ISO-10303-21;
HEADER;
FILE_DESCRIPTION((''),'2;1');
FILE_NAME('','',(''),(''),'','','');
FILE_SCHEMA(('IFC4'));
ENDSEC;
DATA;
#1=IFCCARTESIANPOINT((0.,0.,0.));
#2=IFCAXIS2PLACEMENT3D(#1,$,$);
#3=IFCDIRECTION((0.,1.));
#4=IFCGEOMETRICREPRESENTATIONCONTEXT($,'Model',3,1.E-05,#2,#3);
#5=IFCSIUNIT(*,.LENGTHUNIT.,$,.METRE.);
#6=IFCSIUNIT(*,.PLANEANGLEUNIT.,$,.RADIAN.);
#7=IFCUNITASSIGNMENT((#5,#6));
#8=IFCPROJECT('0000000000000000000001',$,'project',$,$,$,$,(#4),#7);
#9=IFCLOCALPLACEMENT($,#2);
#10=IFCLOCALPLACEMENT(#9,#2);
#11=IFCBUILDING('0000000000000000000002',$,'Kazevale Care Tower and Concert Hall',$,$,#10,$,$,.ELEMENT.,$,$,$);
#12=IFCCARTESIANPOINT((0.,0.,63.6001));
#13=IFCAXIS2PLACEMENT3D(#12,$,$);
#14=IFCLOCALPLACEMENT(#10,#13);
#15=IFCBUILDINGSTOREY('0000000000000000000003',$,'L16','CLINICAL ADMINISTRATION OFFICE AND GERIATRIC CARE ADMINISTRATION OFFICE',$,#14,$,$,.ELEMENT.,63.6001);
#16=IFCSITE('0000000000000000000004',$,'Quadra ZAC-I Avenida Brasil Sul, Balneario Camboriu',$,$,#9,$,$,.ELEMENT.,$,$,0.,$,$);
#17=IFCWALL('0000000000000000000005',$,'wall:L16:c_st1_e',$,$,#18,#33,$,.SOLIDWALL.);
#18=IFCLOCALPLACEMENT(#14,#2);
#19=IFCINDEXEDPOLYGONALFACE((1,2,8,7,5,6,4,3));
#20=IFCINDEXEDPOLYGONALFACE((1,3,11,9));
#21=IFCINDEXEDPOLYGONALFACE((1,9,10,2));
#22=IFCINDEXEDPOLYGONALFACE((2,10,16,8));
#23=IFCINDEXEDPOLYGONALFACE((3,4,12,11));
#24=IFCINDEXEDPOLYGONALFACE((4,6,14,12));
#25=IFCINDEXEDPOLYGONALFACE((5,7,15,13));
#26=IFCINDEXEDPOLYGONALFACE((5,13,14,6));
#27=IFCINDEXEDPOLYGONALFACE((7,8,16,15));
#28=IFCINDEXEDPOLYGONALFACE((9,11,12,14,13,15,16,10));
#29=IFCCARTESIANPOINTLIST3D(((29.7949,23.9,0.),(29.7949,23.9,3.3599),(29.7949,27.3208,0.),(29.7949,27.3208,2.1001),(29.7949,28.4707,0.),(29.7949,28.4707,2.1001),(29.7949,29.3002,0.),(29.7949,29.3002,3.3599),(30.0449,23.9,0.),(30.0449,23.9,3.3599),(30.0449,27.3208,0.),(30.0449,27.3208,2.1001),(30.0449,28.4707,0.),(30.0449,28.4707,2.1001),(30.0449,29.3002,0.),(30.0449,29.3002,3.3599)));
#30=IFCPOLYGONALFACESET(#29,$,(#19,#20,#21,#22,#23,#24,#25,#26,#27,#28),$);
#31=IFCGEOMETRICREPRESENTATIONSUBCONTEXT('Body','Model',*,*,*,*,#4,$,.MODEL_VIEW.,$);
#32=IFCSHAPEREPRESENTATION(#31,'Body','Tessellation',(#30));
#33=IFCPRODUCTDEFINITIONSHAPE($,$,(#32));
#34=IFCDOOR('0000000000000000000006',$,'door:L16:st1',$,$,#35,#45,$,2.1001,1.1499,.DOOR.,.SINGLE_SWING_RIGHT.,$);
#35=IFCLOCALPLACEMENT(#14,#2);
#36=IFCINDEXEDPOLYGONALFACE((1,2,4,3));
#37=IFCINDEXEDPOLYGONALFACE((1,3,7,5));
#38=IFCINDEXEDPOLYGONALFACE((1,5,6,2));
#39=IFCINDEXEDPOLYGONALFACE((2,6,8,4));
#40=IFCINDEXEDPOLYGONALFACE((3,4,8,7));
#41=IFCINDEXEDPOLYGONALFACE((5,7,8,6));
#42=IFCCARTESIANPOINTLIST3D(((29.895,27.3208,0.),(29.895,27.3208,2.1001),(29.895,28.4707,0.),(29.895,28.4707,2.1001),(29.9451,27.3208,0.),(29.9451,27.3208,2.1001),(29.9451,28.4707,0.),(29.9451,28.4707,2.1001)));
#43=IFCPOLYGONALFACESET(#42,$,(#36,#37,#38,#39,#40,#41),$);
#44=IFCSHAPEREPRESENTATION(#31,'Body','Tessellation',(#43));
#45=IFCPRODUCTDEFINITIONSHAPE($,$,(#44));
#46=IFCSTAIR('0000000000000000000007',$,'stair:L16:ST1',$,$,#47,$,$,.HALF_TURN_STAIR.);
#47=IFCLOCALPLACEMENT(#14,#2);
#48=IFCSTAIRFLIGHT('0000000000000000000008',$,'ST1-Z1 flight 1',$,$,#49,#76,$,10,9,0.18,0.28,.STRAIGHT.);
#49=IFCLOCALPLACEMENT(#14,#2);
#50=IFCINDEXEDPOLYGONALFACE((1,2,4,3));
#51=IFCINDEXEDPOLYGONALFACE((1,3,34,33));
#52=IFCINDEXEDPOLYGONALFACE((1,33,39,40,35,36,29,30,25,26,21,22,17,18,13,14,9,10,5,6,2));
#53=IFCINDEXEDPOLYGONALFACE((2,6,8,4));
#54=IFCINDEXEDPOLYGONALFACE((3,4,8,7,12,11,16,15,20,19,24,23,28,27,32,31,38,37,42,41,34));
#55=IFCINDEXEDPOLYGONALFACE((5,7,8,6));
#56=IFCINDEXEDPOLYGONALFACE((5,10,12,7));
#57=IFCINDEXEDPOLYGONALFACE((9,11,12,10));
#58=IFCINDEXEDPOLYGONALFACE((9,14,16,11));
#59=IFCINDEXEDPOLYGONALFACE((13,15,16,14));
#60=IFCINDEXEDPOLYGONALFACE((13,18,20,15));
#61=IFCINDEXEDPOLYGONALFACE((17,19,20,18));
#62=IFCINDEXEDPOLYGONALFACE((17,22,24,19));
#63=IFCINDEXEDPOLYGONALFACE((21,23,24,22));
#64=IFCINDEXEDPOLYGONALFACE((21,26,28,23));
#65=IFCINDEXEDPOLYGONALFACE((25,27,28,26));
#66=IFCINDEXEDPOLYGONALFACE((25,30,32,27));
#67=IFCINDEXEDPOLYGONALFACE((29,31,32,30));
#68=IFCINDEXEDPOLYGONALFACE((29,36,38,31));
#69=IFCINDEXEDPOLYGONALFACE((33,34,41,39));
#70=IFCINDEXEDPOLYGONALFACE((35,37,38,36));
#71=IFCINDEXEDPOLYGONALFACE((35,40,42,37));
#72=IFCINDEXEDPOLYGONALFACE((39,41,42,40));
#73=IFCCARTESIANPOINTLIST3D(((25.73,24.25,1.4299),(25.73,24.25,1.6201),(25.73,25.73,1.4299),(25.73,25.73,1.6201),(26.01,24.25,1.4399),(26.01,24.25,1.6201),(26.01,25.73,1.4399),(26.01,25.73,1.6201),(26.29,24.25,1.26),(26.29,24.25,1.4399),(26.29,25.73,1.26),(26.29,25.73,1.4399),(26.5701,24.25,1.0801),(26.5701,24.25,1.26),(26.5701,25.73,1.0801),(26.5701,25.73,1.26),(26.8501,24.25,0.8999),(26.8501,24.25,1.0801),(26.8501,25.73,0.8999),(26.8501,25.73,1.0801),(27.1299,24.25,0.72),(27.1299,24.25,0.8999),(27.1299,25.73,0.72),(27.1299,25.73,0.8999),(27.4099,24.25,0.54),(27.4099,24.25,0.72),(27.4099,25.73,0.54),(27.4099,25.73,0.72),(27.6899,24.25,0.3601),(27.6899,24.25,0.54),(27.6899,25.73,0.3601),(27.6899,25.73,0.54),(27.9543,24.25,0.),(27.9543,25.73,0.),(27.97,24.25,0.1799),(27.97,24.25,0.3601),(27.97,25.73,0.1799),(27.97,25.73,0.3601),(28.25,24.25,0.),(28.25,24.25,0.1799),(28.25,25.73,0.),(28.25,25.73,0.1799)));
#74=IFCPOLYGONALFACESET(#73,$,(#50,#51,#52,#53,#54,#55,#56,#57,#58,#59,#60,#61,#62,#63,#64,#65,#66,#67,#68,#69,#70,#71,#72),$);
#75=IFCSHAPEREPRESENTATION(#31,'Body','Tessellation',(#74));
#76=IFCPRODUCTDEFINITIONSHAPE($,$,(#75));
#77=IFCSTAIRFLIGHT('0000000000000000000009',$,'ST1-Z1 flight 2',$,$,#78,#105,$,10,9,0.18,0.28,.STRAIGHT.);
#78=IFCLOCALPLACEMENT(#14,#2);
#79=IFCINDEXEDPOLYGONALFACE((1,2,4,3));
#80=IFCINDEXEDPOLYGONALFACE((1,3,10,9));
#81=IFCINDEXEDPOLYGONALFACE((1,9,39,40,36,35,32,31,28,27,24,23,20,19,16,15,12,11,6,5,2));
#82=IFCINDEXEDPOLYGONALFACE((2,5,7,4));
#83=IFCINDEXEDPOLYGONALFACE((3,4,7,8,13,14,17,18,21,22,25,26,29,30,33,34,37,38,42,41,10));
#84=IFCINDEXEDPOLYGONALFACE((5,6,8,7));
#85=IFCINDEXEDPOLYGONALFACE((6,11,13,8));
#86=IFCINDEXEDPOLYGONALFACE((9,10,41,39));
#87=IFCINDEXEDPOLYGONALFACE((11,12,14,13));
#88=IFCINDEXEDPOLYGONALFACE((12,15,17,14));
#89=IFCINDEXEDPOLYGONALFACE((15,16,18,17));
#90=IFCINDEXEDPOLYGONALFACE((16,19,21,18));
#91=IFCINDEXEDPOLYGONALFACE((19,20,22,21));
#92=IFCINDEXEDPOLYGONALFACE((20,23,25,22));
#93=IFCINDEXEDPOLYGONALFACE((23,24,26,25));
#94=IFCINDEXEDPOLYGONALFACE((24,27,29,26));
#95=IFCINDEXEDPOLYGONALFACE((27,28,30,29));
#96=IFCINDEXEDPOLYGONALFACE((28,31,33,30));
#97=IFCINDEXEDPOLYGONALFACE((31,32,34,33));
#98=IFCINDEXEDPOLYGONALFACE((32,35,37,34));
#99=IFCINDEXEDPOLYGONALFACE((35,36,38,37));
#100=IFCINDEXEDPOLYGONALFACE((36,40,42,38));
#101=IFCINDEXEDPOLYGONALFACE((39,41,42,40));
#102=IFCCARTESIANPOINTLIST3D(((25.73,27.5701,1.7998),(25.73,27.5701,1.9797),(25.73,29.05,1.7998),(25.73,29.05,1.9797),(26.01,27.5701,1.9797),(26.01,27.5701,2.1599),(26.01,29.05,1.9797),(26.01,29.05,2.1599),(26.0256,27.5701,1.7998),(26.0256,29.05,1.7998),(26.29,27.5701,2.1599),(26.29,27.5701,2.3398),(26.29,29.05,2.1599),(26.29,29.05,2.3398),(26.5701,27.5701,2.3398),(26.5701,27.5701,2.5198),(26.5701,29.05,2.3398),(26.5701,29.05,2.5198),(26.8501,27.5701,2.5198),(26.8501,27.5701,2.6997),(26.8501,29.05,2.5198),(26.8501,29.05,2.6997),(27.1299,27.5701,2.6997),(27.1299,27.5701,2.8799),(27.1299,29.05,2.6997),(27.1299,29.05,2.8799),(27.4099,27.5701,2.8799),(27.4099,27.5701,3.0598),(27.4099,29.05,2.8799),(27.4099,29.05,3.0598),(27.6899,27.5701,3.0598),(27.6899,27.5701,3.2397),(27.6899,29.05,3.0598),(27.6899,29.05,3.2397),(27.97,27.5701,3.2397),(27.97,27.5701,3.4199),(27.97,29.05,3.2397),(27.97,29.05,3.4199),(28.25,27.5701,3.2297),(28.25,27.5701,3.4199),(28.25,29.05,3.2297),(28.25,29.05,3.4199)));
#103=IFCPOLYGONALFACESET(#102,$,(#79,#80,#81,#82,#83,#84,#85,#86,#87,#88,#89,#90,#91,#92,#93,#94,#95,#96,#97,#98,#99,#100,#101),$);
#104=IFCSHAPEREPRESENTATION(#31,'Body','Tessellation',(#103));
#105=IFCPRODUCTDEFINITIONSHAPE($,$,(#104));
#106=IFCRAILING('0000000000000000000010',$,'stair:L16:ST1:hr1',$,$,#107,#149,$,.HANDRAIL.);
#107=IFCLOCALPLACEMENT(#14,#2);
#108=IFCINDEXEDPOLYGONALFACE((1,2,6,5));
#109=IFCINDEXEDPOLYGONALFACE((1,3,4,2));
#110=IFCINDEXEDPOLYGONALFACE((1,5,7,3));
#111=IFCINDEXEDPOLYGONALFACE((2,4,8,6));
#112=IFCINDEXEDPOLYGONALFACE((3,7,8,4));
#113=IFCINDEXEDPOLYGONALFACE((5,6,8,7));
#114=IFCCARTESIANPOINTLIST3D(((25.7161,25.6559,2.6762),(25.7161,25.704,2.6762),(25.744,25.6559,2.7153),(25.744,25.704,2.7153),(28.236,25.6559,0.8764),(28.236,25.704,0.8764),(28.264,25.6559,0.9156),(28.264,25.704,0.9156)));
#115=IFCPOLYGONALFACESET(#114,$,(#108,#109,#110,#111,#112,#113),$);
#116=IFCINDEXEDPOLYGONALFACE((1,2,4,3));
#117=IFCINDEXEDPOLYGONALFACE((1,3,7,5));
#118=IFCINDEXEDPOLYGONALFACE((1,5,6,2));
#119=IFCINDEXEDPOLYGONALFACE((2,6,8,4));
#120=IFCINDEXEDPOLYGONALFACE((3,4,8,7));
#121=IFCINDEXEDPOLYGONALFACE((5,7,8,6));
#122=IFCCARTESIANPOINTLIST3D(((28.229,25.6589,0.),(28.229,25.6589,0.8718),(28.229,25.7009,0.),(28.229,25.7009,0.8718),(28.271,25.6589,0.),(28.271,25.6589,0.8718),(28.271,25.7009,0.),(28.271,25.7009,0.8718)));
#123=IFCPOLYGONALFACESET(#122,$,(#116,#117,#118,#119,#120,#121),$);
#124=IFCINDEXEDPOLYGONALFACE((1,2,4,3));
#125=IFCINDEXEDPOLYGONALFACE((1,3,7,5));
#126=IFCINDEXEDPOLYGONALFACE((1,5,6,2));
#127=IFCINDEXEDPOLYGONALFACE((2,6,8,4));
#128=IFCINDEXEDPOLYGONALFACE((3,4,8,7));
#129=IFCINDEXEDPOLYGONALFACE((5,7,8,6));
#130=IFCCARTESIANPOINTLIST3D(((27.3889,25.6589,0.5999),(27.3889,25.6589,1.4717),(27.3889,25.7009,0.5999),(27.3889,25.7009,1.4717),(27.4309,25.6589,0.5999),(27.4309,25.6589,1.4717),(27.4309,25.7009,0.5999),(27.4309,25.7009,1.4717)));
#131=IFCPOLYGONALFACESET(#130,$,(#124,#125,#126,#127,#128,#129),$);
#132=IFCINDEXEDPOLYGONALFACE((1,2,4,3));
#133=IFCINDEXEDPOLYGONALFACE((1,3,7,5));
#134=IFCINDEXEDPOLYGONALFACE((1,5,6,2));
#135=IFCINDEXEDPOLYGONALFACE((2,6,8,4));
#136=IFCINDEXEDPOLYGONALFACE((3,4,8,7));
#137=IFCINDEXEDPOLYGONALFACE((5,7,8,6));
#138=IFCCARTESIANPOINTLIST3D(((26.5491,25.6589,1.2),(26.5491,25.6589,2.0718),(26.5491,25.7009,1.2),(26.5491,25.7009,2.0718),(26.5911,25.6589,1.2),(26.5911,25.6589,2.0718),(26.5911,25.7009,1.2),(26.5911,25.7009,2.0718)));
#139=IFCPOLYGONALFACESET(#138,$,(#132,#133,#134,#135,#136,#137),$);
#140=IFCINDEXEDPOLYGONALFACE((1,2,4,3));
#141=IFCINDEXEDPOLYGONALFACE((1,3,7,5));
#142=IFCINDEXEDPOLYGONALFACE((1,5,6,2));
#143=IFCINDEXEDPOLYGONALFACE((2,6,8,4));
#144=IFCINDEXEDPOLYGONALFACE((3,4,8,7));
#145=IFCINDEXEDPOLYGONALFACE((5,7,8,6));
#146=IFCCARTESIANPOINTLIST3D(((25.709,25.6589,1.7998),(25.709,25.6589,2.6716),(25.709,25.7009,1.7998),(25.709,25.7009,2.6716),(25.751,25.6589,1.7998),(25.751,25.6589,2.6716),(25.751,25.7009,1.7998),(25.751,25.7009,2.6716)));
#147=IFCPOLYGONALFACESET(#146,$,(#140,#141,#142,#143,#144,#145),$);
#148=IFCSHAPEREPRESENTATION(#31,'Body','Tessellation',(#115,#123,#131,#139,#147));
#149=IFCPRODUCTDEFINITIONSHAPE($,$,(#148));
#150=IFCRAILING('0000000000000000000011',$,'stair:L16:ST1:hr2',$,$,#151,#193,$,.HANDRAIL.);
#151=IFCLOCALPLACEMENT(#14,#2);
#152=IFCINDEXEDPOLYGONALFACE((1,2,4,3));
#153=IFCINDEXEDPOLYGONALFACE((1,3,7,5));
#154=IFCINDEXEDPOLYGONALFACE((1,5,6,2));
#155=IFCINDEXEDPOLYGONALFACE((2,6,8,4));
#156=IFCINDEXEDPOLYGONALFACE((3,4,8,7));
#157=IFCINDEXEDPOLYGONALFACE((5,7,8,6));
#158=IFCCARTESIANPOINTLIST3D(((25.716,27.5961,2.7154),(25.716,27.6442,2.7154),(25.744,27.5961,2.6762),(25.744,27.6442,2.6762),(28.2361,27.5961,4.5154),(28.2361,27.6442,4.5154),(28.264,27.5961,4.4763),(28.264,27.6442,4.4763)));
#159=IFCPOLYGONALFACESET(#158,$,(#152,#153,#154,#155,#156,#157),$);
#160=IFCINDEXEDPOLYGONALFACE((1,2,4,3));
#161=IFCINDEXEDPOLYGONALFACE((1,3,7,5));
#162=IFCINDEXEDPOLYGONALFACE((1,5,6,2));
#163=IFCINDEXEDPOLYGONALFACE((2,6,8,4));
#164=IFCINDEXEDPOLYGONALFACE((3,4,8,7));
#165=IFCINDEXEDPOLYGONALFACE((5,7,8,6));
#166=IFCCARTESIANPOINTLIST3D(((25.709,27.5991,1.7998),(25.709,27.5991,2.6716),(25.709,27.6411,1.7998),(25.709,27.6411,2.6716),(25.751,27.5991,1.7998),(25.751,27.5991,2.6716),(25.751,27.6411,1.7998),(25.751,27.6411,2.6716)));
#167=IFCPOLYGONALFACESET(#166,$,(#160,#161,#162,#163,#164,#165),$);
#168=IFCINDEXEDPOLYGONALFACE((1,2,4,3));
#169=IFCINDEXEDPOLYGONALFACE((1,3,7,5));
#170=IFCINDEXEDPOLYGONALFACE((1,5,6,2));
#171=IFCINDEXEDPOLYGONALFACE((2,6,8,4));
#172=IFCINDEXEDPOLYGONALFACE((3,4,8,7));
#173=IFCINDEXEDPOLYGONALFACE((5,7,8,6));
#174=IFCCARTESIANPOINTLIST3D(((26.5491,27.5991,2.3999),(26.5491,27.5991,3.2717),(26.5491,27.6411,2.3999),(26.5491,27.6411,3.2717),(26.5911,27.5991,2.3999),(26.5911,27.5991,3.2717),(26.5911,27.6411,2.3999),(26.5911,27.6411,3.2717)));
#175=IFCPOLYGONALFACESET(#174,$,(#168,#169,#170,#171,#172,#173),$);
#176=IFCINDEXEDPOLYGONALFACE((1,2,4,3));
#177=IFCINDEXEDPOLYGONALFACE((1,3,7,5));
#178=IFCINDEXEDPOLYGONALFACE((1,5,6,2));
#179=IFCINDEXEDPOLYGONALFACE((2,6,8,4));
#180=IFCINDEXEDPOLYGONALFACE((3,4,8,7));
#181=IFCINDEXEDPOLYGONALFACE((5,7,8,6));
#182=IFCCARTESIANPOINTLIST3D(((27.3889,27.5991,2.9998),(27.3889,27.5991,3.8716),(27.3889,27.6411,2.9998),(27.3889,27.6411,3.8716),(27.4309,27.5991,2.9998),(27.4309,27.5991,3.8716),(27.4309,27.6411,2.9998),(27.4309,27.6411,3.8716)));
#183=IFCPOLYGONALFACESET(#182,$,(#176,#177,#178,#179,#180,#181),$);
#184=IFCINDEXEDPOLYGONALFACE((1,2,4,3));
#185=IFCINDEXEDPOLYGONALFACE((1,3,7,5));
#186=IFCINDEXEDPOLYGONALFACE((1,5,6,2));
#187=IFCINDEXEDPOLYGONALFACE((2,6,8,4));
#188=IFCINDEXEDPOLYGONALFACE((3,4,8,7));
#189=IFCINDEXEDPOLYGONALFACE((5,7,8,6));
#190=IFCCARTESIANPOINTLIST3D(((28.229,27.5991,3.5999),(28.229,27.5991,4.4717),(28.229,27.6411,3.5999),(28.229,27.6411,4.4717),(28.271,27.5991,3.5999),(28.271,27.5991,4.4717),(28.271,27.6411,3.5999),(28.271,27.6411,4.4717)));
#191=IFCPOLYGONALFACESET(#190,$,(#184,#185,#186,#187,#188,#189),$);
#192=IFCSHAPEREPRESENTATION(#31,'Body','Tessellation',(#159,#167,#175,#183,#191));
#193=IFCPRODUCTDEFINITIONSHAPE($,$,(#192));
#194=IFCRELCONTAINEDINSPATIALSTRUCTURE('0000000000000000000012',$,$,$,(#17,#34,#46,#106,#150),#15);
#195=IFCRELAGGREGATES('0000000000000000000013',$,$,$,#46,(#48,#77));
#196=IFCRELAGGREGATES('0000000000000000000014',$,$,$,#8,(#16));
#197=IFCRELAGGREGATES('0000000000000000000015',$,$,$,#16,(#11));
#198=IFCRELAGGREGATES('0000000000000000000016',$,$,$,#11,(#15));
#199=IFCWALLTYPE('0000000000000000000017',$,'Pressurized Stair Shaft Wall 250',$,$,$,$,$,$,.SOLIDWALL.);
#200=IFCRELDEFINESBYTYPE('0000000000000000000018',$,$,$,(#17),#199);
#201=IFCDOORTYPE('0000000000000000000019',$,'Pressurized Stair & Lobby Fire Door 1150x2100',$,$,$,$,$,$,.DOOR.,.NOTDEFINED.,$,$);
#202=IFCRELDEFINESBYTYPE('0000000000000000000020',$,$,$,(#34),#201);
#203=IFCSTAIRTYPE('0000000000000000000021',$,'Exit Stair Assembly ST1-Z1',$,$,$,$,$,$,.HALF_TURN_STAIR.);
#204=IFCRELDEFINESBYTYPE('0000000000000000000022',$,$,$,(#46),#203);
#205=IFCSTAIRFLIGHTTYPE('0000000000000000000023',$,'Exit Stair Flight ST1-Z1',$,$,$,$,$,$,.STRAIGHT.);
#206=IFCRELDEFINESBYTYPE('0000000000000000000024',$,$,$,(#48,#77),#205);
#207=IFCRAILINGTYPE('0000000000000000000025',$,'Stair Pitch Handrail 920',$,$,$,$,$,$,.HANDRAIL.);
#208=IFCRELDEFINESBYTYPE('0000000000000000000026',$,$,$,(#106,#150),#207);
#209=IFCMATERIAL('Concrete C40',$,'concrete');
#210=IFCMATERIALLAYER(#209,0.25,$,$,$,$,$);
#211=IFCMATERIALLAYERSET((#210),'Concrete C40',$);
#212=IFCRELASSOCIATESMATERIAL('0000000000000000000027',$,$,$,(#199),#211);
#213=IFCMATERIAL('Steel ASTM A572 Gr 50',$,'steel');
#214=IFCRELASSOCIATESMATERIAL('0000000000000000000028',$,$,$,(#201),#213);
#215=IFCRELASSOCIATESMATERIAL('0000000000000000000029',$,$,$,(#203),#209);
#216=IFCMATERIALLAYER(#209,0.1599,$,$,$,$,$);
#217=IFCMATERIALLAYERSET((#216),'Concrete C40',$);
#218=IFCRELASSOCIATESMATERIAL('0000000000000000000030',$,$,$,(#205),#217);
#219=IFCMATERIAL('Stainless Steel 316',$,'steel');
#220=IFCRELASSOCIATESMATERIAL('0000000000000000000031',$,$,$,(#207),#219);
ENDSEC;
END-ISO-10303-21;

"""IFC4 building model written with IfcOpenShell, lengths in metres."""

from ifc_helpers import new_model, si_unit, direction, frame, frame_2d, origin, origin_2d, place, context, subcontext, project, spatial, polyline, rectangle, outline, extrude, material, layer, layer_set, type_object, element, fill, aggregate, save


model = new_model("IFC4")

# Units and contexts
model_context = context("Model", 3, precision=1e-05, world=origin(), true_north=direction((0.0, 1.0)))
body_context = subcontext(model_context, "Body", "Model", "MODEL_VIEW")
ifc_project = project(units=[si_unit("LENGTHUNIT", "METRE"), si_unit("PLANEANGLEUNIT", "RADIAN")], contexts=[model_context])

# Site, building, storey
site_placement = place(None, origin())
site = spatial("IfcSite", under=ifc_project, at=site_placement, Name="Quadra ZAC-I Avenida Brasil Sul, Balneario Camboriu", CompositionType="ELEMENT", RefElevation=0.0)
building_placement = place(site_placement, origin())
building = spatial("IfcBuilding", under=site, at=building_placement, Name="Kazevale Care Tower and Concert Hall", CompositionType="ELEMENT")
storey_placement = place(building_placement, frame((0.0, 0.0, 63.6001)))
storey = spatial("IfcBuildingStorey", under=building, at=storey_placement, Name="L16", Description="CLINICAL ADMINISTRATION OFFICE AND GERIATRIC CARE ADMINISTRATION OFFICE", CompositionType="ELEMENT", Elevation=63.6001)

# Shared definitions
ifc_material_1 = material(Name="Steel ASTM A572 Gr 50", Category="steel")

# Shared definitions
ifc_material_2 = material(Name="Concrete C40", Category="concrete")
ifc_material_3 = material(Name="Stainless Steel 316", Category="steel")

# Wall, opening, door
ifc_layer_1 = layer(ifc_material_2, 0.25)
ifc_layer_set_1 = layer_set([ifc_layer_1], Name="Concrete C40")
wall_type_1 = type_object("IfcWallType", Name="Pressurized Stair Shaft Wall 250", PredefinedType="SOLIDWALL", material=ifc_layer_set_1)
wall_1_placement = place(storey_placement, frame((29.9199, 23.8999, 0.0), z_axis=(0.0, 0.0, 1.0), x_axis=(0.0, 1.0, 0.0)))
wall_1 = element("IfcWall", 1, at=wall_1_placement, inside=storey, type_object=wall_type_1, Name="wall:L16:c_st1_e", PredefinedType="SOLIDWALL", context=body_context, shape_type="SweptSolid", body=[
    extrude(rectangle(XDim=5.4001, YDim=0.25, at=frame_2d((2.7002, 0.0))), origin(), (0.0, 0.0, 1.0), 3.3599),
])
opening_1_placement = place(wall_1_placement, frame((3.4209, 0.0, 0.0)))
opening_1 = element("IfcOpeningElement", 2, at=opening_1_placement, cuts=wall_1, PredefinedType="OPENING", context=body_context, shape_type="SweptSolid", body=[
    extrude(rectangle(XDim=1.1499, YDim=2.1001, at=frame_2d((0.575, 1.05))), frame((0.0, 0.135, 0.0), z_axis=(0.0, -1.0, 0.0), x_axis=(1.0, 0.0, 0.0)), (0.0, 0.0, 1.0), 0.27),
])
door_type_1 = type_object("IfcDoorType", Name="Pressurized Stair & Lobby Fire Door 1150x2100", OperationType="NOTDEFINED", PredefinedType="DOOR", material=ifc_material_1)
door_1_placement = place(opening_1_placement, origin())
door_1 = element("IfcDoor", 3, at=door_1_placement, inside=storey, type_object=door_type_1, Name="door:L16:st1", OperationType="SINGLE_SWING_RIGHT", OverallHeight=2.1001, OverallWidth=1.1499, PredefinedType="DOOR", context=body_context, shape_type="SweptSolid", body=[
    extrude(rectangle(XDim=1.1499, YDim=2.1001, at=frame_2d((0.575, 1.05))), frame((0.0, 0.0249, 0.0), z_axis=(0.0, -1.0, 0.0), x_axis=(1.0, 0.0, 0.0)), (0.0, 0.0, 1.0), 0.05),
])
fill(opening_1, door_1)

# Stair, stair flights
stair_type = type_object("IfcStairType", Name="Exit Stair Assembly ST1-Z1", PredefinedType="HALF_TURN_STAIR", material=ifc_material_2)
stair_placement = place(storey_placement, origin())
stair = element("IfcStair", 4, at=stair_placement, inside=storey, type_object=stair_type, Name="stair:L16:ST1", PredefinedType="HALF_TURN_STAIR")
ifc_layer_2 = layer(ifc_material_2, 0.1599)
ifc_layer_set_2 = layer_set([ifc_layer_2], Name="Concrete C40")
stair_flight_type = type_object("IfcStairFlightType", Name="Exit Stair Flight ST1-Z1", PredefinedType="STRAIGHT", material=ifc_layer_set_2)
stair_flight_1_placement = place(storey_placement, frame((28.25, 24.99, 0.0), z_axis=(0.0, 0.0, 1.0), x_axis=(-1.0, 0.0, 0.0)))
stair_flight_1 = element("IfcStairFlight", 5, at=stair_flight_1_placement, type_object=stair_flight_type, Name="ST1-Z1 flight 1", NumberOfRisers=10, NumberOfTreads=9, PredefinedType="STRAIGHT", RiserHeight=0.18, TreadLength=0.28, context=body_context, shape_type="SweptSolid", body=[
    extrude(outline(polyline([(0.0, 0.0), (0.0, 0.1799), (0.28, 0.1799), (0.28, 0.3601), (0.5601, 0.3601), (0.5601, 0.54), (0.8401, 0.54), (0.8401, 0.72), (1.1201, 0.72), (1.1201, 0.8999), (1.3999, 0.8999), (1.3999, 1.0801), (1.6799, 1.0801), (1.6799, 1.26), (1.96, 1.26), (1.96, 1.4399), (2.24, 1.4399), (2.24, 1.6201), (2.52, 1.6201), (2.52, 1.8), (2.52, 1.4299), (0.2957, 0.0), (0.0, 0.0)])), frame((0.0, 0.74, 0.0), z_axis=(0.0, -1.0, 0.0), x_axis=(1.0, 0.0, 0.0)), (0.0, 0.0, 1.0), 1.48),
])
stair_flight_2_placement = place(storey_placement, frame((25.73, 28.3101, 1.7998), z_axis=(0.0, 0.0, 1.0), x_axis=(1.0, 0.0, 0.0)))
stair_flight_2 = element("IfcStairFlight", 6, at=stair_flight_2_placement, type_object=stair_flight_type, Name="ST1-Z1 flight 2", NumberOfRisers=10, NumberOfTreads=9, PredefinedType="STRAIGHT", RiserHeight=0.18, TreadLength=0.28, context=body_context, shape_type="SweptSolid", body=[
    extrude(outline(polyline([(0.0, 0.0), (0.0, 0.1799), (0.28, 0.1799), (0.28, 0.3601), (0.5601, 0.3601), (0.5601, 0.54), (0.8401, 0.54), (0.8401, 0.72), (1.1201, 0.72), (1.1201, 0.8999), (1.3999, 0.8999), (1.3999, 1.0801), (1.6799, 1.0801), (1.6799, 1.26), (1.96, 1.26), (1.96, 1.4399), (2.24, 1.4399), (2.24, 1.6201), (2.52, 1.6201), (2.52, 1.8), (2.52, 1.4299), (0.2957, 0.0), (0.0, 0.0)])), frame((0.0, 0.74, 0.0), z_axis=(0.0, -1.0, 0.0), x_axis=(1.0, 0.0, 0.0)), (0.0, 0.0, 1.0), 1.48),
])
aggregate(stair, [stair_flight_1, stair_flight_2])

# Railings
railing_type_1 = type_object("IfcRailingType", Name="Stair Pitch Handrail 920", PredefinedType="HANDRAIL", material=ifc_material_3)
railing_1_placement = place(storey_placement, frame((28.25, 25.6799, 0.0)))
element("IfcRailing", 7, at=railing_1_placement, inside=storey, type_object=railing_type_1, Name="stair:L16:ST1:hr1", PredefinedType="HANDRAIL", context=body_context, shape_type="SweptSolid", body=[
    extrude(rectangle(XDim=0.0481, YDim=0.0481, at=origin_2d()), frame((0.0, 0.0, 0.896), z_axis=(-0.813765, 0.0, 0.581193), x_axis=(0.0, -1.0, 0.0)), (0.0, 0.0, 1.0), 3.0967),
    extrude(rectangle(XDim=0.042, YDim=0.042, at=origin_2d()), origin(), (0.0, 0.0, 1.0), 0.8718),
    extrude(rectangle(XDim=0.042, YDim=0.042, at=origin_2d()), frame((-0.8401, 0.0, 0.5999)), (0.0, 0.0, 1.0), 0.8718),
    extrude(rectangle(XDim=0.042, YDim=0.042, at=origin_2d()), frame((-1.6799, 0.0, 1.2)), (0.0, 0.0, 1.0), 0.8718),
    extrude(rectangle(XDim=0.042, YDim=0.042, at=origin_2d()), frame((-2.52, 0.0, 1.7998)), (0.0, 0.0, 1.0), 0.8718),
])
railing_2_placement = place(storey_placement, frame((25.73, 27.6201, 1.7998)))
element("IfcRailing", 8, at=railing_2_placement, inside=storey, type_object=railing_type_1, Name="stair:L16:ST1:hr2", PredefinedType="HANDRAIL", context=body_context, shape_type="SweptSolid", body=[
    extrude(rectangle(XDim=0.0481, YDim=0.0481, at=origin_2d()), frame((0.0, 0.0, 0.896), z_axis=(0.813728, 0.0, 0.581246), x_axis=(0.0, 1.0, 0.0)), (0.0, 0.0, 1.0), 3.0969),
    extrude(rectangle(XDim=0.042, YDim=0.042, at=origin_2d()), origin(), (0.0, 0.0, 1.0), 0.8718),
    extrude(rectangle(XDim=0.042, YDim=0.042, at=origin_2d()), frame((0.8401, 0.0, 0.6001)), (0.0, 0.0, 1.0), 0.8718),
    extrude(rectangle(XDim=0.042, YDim=0.042, at=origin_2d()), frame((1.6799, 0.0, 1.2)), (0.0, 0.0, 1.0), 0.8718),
    extrude(rectangle(XDim=0.042, YDim=0.042, at=origin_2d()), frame((2.52, 0.0, 1.8)), (0.0, 0.0, 1.0), 0.8718),
])

save(model, "model.ifc")
